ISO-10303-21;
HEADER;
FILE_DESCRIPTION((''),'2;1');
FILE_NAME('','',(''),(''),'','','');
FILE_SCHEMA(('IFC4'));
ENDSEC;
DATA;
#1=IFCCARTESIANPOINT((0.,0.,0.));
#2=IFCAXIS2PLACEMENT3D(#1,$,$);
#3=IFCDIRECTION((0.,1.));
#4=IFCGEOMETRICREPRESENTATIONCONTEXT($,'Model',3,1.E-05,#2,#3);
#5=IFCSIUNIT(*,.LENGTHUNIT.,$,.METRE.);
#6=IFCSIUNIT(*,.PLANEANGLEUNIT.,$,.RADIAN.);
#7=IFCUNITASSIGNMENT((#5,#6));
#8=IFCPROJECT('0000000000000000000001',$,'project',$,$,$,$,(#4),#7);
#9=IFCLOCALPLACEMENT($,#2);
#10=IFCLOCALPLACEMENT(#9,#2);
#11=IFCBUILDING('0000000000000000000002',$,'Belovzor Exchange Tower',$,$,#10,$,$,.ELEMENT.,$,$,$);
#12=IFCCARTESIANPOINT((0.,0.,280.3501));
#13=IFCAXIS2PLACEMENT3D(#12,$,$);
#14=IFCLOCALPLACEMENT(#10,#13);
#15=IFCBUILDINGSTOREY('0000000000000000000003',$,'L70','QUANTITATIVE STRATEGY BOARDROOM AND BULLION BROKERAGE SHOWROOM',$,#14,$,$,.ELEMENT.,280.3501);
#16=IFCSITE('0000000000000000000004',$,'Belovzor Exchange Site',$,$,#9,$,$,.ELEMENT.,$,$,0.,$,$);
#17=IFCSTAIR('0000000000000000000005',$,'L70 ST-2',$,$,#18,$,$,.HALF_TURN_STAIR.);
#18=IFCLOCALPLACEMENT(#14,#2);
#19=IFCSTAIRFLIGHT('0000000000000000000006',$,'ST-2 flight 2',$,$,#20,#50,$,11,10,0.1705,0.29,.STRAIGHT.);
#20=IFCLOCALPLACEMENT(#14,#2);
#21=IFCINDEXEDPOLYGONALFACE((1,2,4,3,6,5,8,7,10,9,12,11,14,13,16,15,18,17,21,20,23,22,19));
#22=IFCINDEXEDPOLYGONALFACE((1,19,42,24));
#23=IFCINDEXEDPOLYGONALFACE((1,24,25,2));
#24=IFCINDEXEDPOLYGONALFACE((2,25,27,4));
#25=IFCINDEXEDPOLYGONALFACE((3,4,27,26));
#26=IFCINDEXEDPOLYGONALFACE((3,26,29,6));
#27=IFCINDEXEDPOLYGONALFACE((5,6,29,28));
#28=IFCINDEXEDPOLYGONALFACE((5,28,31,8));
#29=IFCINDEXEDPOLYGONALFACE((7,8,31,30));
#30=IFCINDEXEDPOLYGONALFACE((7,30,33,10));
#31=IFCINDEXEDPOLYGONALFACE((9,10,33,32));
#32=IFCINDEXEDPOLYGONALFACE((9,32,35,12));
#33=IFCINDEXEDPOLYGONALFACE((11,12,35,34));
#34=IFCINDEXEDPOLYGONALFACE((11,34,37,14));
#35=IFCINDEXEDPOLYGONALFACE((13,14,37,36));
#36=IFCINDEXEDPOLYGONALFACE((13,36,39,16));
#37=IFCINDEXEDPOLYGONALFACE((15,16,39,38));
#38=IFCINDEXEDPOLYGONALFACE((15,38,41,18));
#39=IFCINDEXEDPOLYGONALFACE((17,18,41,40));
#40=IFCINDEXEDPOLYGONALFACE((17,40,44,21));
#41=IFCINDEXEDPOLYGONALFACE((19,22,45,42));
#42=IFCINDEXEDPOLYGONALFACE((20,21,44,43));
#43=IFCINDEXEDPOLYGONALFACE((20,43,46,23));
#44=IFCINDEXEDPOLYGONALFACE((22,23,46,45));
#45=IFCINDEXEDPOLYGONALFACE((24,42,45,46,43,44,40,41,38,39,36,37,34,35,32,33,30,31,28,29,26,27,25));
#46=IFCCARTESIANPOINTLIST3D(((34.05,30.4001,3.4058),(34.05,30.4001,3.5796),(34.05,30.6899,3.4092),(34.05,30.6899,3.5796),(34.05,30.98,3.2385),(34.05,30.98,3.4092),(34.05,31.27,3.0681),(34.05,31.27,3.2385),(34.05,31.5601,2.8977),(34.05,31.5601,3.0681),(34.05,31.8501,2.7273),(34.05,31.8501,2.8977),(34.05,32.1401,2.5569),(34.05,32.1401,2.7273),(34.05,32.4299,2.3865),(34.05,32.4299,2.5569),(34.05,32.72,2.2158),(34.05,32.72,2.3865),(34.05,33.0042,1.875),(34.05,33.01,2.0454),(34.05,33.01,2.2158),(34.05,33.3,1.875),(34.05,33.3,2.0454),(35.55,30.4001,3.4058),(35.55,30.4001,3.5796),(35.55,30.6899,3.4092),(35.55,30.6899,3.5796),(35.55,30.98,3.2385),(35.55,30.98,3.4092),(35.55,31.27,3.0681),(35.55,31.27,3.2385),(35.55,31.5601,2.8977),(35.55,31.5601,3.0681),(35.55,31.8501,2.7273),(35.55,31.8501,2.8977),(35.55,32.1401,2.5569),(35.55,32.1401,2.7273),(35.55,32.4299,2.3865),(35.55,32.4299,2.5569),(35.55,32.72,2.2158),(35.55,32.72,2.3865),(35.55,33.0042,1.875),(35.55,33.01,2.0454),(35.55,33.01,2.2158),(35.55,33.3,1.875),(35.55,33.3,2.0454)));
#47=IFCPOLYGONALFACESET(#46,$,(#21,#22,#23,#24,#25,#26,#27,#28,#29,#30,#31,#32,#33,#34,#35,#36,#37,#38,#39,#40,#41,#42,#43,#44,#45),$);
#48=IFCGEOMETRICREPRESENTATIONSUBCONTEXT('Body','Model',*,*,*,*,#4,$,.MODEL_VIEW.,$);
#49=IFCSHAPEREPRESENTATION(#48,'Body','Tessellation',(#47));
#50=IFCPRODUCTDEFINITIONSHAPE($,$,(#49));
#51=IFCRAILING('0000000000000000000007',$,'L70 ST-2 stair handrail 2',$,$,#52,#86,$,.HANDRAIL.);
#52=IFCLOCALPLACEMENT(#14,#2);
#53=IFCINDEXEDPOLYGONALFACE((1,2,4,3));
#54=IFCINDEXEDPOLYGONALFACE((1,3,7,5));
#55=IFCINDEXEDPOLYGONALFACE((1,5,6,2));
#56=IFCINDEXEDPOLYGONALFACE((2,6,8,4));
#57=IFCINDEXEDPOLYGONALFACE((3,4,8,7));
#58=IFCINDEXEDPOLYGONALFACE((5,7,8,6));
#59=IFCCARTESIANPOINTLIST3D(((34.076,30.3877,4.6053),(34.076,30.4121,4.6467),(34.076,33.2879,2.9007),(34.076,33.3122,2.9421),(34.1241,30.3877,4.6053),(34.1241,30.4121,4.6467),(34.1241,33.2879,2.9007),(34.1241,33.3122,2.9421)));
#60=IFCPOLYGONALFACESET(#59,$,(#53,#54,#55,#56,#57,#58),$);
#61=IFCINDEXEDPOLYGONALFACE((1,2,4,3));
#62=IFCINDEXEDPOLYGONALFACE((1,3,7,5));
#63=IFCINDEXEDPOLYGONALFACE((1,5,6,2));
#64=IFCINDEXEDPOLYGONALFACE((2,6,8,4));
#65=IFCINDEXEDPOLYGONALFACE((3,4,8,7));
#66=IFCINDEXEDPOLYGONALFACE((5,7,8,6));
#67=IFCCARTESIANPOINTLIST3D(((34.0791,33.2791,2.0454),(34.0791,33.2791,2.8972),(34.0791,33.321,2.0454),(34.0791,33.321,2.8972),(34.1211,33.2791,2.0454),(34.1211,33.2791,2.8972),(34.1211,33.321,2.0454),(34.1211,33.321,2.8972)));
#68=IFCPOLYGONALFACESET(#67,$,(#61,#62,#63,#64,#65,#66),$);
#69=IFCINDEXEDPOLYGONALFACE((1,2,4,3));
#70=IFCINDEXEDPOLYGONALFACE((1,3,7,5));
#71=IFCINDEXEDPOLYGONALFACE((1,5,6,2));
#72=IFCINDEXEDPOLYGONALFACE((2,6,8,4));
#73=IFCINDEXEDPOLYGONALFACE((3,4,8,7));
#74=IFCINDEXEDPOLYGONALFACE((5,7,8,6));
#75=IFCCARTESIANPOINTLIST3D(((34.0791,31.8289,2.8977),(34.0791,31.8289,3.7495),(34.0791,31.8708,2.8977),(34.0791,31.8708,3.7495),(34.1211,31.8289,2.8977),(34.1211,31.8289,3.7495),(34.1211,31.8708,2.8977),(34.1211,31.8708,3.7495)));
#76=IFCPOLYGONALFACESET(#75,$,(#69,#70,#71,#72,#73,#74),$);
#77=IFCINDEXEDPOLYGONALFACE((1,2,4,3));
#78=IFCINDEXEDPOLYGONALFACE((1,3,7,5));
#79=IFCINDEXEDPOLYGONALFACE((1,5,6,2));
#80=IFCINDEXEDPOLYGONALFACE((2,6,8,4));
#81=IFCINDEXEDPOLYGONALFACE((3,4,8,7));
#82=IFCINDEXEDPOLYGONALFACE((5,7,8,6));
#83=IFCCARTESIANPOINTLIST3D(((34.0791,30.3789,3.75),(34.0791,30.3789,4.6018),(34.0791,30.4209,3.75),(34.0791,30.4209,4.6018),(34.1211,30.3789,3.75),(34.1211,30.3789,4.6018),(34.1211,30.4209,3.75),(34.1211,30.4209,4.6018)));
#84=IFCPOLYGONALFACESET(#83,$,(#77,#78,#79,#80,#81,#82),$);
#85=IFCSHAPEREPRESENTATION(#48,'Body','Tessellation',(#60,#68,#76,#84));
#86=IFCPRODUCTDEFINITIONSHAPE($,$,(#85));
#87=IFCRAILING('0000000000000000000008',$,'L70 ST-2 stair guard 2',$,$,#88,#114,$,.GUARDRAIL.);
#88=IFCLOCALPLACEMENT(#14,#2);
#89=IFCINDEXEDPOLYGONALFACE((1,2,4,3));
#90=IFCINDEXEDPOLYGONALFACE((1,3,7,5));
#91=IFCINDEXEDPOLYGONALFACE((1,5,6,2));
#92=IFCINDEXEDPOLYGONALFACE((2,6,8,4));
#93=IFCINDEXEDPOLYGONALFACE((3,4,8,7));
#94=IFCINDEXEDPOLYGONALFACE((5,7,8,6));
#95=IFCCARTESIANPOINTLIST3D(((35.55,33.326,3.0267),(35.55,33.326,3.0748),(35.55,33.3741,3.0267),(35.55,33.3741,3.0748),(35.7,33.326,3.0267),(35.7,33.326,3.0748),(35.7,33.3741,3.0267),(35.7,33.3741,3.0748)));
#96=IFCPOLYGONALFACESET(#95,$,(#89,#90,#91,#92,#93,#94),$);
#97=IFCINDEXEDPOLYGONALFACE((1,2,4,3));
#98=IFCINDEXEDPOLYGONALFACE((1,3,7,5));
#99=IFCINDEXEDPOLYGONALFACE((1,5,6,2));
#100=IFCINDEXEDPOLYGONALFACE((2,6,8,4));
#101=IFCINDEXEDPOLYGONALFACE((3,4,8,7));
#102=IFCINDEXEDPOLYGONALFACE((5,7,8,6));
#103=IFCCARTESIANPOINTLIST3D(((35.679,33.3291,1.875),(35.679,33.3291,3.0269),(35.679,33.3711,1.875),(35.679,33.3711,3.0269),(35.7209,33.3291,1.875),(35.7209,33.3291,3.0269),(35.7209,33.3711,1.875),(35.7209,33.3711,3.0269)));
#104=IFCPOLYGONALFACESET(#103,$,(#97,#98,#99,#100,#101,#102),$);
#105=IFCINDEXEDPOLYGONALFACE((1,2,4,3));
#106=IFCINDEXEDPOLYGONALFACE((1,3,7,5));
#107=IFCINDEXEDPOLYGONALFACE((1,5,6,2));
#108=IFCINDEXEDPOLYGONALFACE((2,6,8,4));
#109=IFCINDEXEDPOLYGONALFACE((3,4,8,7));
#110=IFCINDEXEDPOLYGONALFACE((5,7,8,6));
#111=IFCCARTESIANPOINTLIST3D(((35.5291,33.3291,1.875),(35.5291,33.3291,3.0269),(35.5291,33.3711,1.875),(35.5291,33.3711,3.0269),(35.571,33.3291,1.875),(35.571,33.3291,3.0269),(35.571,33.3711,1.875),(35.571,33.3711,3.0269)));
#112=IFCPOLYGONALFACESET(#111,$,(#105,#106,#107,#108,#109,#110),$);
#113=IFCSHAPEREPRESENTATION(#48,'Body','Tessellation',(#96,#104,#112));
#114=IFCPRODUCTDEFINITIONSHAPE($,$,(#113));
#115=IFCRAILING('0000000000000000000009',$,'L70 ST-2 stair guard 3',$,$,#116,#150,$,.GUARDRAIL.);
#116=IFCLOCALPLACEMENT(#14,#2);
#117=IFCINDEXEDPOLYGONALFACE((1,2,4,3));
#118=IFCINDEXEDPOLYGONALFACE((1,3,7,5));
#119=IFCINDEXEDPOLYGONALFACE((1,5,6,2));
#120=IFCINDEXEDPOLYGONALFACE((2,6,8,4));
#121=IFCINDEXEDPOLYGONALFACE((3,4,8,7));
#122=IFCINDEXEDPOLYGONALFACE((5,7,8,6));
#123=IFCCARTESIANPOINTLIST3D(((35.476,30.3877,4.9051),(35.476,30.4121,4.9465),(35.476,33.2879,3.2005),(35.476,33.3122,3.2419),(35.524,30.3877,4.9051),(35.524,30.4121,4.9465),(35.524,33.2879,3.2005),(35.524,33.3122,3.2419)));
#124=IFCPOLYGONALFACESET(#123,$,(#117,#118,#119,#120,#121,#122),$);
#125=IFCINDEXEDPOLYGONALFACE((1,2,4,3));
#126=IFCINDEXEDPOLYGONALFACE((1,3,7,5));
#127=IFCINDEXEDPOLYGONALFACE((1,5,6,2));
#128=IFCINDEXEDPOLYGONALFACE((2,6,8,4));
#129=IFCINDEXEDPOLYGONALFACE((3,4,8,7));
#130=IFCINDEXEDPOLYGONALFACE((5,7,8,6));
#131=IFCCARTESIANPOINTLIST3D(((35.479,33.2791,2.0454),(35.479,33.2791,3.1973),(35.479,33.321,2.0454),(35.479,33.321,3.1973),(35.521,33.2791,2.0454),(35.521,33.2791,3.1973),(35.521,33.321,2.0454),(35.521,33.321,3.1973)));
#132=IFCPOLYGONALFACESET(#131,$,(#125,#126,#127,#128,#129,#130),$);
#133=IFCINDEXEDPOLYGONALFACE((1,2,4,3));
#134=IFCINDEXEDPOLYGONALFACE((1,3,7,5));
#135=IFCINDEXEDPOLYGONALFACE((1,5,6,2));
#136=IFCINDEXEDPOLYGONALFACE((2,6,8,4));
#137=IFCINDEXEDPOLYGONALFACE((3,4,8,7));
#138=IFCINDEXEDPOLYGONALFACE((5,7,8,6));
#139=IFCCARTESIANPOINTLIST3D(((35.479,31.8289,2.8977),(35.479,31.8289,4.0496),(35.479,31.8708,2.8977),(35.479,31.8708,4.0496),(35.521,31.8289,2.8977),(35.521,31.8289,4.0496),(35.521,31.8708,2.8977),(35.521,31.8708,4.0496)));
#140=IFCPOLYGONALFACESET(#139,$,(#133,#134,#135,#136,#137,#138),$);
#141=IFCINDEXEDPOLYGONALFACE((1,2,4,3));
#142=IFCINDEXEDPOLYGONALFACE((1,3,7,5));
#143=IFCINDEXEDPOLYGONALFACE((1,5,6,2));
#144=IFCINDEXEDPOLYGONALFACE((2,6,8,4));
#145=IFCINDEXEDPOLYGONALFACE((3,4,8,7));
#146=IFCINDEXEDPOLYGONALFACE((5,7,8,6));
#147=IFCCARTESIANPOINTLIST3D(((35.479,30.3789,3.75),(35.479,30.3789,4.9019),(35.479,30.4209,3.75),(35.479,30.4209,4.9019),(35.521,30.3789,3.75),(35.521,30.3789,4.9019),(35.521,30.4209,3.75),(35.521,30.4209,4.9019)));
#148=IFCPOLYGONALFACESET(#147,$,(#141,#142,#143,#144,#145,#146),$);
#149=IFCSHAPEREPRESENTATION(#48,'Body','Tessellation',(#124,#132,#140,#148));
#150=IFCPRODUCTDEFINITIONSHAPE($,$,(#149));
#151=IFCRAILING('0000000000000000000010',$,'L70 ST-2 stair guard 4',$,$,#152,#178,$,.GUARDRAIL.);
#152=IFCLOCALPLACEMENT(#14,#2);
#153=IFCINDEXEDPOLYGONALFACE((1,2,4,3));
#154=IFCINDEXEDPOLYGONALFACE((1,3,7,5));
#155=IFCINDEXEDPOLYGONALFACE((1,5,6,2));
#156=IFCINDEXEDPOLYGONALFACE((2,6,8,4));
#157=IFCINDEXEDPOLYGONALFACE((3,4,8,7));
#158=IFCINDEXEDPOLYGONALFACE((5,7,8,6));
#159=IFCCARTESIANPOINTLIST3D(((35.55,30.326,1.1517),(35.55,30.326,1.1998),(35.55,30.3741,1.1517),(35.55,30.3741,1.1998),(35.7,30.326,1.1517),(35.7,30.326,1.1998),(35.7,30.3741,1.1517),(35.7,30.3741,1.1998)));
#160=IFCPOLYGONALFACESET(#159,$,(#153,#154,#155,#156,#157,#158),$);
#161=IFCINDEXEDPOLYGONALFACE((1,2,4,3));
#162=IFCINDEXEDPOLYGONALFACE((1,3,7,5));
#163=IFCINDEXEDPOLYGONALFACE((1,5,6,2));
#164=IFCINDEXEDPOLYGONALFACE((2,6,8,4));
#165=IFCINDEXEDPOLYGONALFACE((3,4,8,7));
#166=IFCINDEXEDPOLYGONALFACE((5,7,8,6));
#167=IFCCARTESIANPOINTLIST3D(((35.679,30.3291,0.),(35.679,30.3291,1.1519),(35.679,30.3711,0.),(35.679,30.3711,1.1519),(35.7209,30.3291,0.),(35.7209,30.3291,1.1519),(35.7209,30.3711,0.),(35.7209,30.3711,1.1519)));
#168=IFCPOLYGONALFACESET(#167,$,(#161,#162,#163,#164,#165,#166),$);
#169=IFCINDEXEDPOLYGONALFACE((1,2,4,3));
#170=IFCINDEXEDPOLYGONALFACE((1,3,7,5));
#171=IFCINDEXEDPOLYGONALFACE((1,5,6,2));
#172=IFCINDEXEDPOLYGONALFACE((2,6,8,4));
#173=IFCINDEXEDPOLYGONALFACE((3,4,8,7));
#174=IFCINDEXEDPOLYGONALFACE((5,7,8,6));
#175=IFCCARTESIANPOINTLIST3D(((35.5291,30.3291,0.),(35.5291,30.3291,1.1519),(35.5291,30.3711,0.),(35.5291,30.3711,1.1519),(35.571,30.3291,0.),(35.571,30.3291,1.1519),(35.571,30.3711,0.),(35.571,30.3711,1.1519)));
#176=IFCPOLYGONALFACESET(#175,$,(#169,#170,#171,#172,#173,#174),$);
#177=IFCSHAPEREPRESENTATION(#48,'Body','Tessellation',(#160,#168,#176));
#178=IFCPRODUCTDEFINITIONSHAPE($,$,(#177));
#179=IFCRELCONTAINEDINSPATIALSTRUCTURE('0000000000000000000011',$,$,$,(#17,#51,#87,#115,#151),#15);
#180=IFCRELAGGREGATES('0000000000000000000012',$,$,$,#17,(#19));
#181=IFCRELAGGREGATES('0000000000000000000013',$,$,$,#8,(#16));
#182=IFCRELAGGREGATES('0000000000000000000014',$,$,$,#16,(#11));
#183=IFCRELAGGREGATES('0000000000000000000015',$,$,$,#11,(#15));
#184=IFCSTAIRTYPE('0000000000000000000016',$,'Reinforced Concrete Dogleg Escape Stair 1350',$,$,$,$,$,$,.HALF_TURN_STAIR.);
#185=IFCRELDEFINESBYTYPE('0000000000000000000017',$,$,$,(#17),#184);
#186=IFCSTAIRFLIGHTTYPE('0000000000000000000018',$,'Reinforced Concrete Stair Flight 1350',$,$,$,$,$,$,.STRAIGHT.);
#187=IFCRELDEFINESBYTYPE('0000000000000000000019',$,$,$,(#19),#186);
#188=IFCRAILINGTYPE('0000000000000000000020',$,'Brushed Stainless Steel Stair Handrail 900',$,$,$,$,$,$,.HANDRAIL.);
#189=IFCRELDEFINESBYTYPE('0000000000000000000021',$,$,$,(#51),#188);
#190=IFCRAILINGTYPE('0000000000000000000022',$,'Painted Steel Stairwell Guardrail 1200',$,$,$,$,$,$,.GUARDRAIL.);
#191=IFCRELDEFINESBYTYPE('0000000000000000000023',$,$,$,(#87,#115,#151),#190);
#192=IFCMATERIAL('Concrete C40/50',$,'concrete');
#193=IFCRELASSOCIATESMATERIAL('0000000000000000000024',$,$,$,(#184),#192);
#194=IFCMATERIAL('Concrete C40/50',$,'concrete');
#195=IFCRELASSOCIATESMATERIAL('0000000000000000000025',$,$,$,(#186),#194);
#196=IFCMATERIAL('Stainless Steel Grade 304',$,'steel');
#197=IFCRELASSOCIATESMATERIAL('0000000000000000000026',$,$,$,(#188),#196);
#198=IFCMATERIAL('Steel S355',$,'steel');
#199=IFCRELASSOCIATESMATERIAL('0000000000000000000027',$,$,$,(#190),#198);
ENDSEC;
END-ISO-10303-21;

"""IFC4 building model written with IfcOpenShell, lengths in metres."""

from ifc_helpers import new_model, si_unit, direction, frame, origin, origin_2d, place, context, subcontext, project, spatial, polyline, rectangle, outline, extrude, material, type_object, element, aggregate, save


model = new_model("IFC4")

# Units and contexts
model_context = context("Model", 3, precision=1e-05, world=origin(), true_north=direction((0.0, 1.0)))
body_context = subcontext(model_context, "Body", "Model", "MODEL_VIEW")
ifc_project = project(units=[si_unit("LENGTHUNIT", "METRE"), si_unit("PLANEANGLEUNIT", "RADIAN")], contexts=[model_context])

# Site, building, storey
site_placement = place(None, origin())
site = spatial("IfcSite", under=ifc_project, at=site_placement, Name="Belovzor Exchange Site", CompositionType="ELEMENT", RefElevation=0.0)
building_placement = place(site_placement, origin())
building = spatial("IfcBuilding", under=site, at=building_placement, Name="Belovzor Exchange Tower", CompositionType="ELEMENT")
storey_placement = place(building_placement, frame((0.0, 0.0, 280.3501)))
storey = spatial("IfcBuildingStorey", under=building, at=storey_placement, Name="L70", Description="QUANTITATIVE STRATEGY BOARDROOM AND BULLION BROKERAGE SHOWROOM", CompositionType="ELEMENT", Elevation=280.3501)

# Stair, stair flight
ifc_material_1 = material(Name="Concrete C40/50", Category="concrete")
stair_type = type_object("IfcStairType", Name="Reinforced Concrete Dogleg Escape Stair 1350", PredefinedType="HALF_TURN_STAIR", material=ifc_material_1)
stair_placement = place(storey_placement, origin())
stair = element("IfcStair", 1, at=stair_placement, inside=storey, type_object=stair_type, Name="L70 ST-2", PredefinedType="HALF_TURN_STAIR")
ifc_material_2 = material(Name="Concrete C40/50", Category="concrete")
stair_flight_type = type_object("IfcStairFlightType", Name="Reinforced Concrete Stair Flight 1350", PredefinedType="STRAIGHT", material=ifc_material_2)
stair_flight_placement = place(storey_placement, frame((34.8, 33.3, 1.875), z_axis=(0.0, 0.0, 1.0), x_axis=(0.0, -1.0, 0.0)))
stair_flight = element("IfcStairFlight", 2, at=stair_flight_placement, type_object=stair_flight_type, Name="ST-2 flight 2", NumberOfRisers=11, NumberOfTreads=10, PredefinedType="STRAIGHT", RiserHeight=0.1705, TreadLength=0.29, context=body_context, shape_type="SweptSolid", body=[
    extrude(outline(polyline([(0.0, 0.0), (0.0, 0.1704), (0.29, 0.1704), (0.29, 0.3408), (0.5801, 0.3408), (0.5801, 0.5115), (0.8701, 0.5115), (0.8701, 0.6819), (1.1599, 0.6819), (1.1599, 0.8523), (1.45, 0.8523), (1.45, 1.0227), (1.74, 1.0227), (1.74, 1.1931), (2.03, 1.1931), (2.03, 1.3635), (2.3201, 1.3635), (2.3201, 1.5342), (2.6101, 1.5342), (2.6101, 1.7046), (2.8999, 1.7046), (2.8999, 1.875), (2.8999, 1.5308), (0.2959, 0.0), (0.0, 0.0)])), frame((0.0, 0.75, 0.0), z_axis=(0.0, -1.0, 0.0), x_axis=(1.0, 0.0, 0.0)), (0.0, 0.0, 1.0), 1.5),
])
aggregate(stair, [stair_flight])

# Railings
ifc_material_3 = material(Name="Stainless Steel Grade 304", Category="steel")
railing_type_1 = type_object("IfcRailingType", Name="Brushed Stainless Steel Stair Handrail 900", PredefinedType="HANDRAIL", material=ifc_material_3)
railing_1_placement = place(storey_placement, frame((34.1001, 33.3, 2.0454)))
element("IfcRailing", 3, at=railing_1_placement, inside=storey, type_object=railing_type_1, Name="L70 ST-2 stair handrail 2", PredefinedType="HANDRAIL", context=body_context, shape_type="SweptSolid", body=[
    extrude(rectangle(XDim=0.0481, YDim=0.0481, at=origin_2d()), frame((0.0, 0.0, 0.876), z_axis=(0.0, -0.862113, 0.506716), x_axis=(1.0, 0.0, 0.0)), (0.0, 0.0, 1.0), 3.364),
    extrude(rectangle(XDim=0.042, YDim=0.042, at=origin_2d()), origin(), (0.0, 0.0, 1.0), 0.8518),
    extrude(rectangle(XDim=0.042, YDim=0.042, at=origin_2d()), frame((0.0, -1.4502, 0.8523)), (0.0, 0.0, 1.0), 0.8518),
    extrude(rectangle(XDim=0.042, YDim=0.042, at=origin_2d()), frame((0.0, -2.9001, 1.7046)), (0.0, 0.0, 1.0), 0.8518),
])
ifc_material_4 = material(Name="Steel S355", Category="steel")
railing_type_2 = type_object("IfcRailingType", Name="Painted Steel Stairwell Guardrail 1200", PredefinedType="GUARDRAIL", material=ifc_material_4)
railing_2_placement = place(storey_placement, frame((35.7, 33.3501, 1.875)))
element("IfcRailing", 4, at=railing_2_placement, inside=storey, type_object=railing_type_2, Name="L70 ST-2 stair guard 2", PredefinedType="GUARDRAIL", context=body_context, shape_type="SweptSolid", body=[
    extrude(rectangle(XDim=0.0481, YDim=0.0481, at=origin_2d()), frame((0.0, 0.0, 1.1758), z_axis=(-1.0, 0.0, 0.0), x_axis=(0.0, -1.0, 0.0)), (0.0, 0.0, 1.0), 0.1499),
    extrude(rectangle(XDim=0.042, YDim=0.042, at=origin_2d()), origin(), (0.0, 0.0, 1.0), 1.1519),
    extrude(rectangle(XDim=0.042, YDim=0.042, at=origin_2d()), frame((-0.1499, 0.0, 0.0)), (0.0, 0.0, 1.0), 1.1519),
])
railing_3_placement = place(storey_placement, frame((35.5, 33.3, 2.0454)))
element("IfcRailing", 5, at=railing_3_placement, inside=storey, type_object=railing_type_2, Name="L70 ST-2 stair guard 3", PredefinedType="GUARDRAIL", context=body_context, shape_type="SweptSolid", body=[
    extrude(rectangle(XDim=0.0481, YDim=0.0481, at=origin_2d()), frame((0.0, 0.0, 1.1758), z_axis=(0.0, -0.862113, 0.506716), x_axis=(1.0, 0.0, 0.0)), (0.0, 0.0, 1.0), 3.364),
    extrude(rectangle(XDim=0.042, YDim=0.042, at=origin_2d()), origin(), (0.0, 0.0, 1.0), 1.1519),
    extrude(rectangle(XDim=0.042, YDim=0.042, at=origin_2d()), frame((0.0, -1.4502, 0.8523)), (0.0, 0.0, 1.0), 1.1519),
    extrude(rectangle(XDim=0.042, YDim=0.042, at=origin_2d()), frame((0.0, -2.9001, 1.7046)), (0.0, 0.0, 1.0), 1.1519),
])
railing_4_placement = place(storey_placement, frame((35.7, 30.3501, 0.0)))
element("IfcRailing", 6, at=railing_4_placement, inside=storey, type_object=railing_type_2, Name="L70 ST-2 stair guard 4", PredefinedType="GUARDRAIL", context=body_context, shape_type="SweptSolid", body=[
    extrude(rectangle(XDim=0.0481, YDim=0.0481, at=origin_2d()), frame((0.0, 0.0, 1.1758), z_axis=(-1.0, 0.0, 0.0), x_axis=(0.0, -1.0, 0.0)), (0.0, 0.0, 1.0), 0.1499),
    extrude(rectangle(XDim=0.042, YDim=0.042, at=origin_2d()), origin(), (0.0, 0.0, 1.0), 1.1519),
    extrude(rectangle(XDim=0.042, YDim=0.042, at=origin_2d()), frame((-0.1499, 0.0, 0.0)), (0.0, 0.0, 1.0), 1.1519),
])

save(model, "model.ifc")
